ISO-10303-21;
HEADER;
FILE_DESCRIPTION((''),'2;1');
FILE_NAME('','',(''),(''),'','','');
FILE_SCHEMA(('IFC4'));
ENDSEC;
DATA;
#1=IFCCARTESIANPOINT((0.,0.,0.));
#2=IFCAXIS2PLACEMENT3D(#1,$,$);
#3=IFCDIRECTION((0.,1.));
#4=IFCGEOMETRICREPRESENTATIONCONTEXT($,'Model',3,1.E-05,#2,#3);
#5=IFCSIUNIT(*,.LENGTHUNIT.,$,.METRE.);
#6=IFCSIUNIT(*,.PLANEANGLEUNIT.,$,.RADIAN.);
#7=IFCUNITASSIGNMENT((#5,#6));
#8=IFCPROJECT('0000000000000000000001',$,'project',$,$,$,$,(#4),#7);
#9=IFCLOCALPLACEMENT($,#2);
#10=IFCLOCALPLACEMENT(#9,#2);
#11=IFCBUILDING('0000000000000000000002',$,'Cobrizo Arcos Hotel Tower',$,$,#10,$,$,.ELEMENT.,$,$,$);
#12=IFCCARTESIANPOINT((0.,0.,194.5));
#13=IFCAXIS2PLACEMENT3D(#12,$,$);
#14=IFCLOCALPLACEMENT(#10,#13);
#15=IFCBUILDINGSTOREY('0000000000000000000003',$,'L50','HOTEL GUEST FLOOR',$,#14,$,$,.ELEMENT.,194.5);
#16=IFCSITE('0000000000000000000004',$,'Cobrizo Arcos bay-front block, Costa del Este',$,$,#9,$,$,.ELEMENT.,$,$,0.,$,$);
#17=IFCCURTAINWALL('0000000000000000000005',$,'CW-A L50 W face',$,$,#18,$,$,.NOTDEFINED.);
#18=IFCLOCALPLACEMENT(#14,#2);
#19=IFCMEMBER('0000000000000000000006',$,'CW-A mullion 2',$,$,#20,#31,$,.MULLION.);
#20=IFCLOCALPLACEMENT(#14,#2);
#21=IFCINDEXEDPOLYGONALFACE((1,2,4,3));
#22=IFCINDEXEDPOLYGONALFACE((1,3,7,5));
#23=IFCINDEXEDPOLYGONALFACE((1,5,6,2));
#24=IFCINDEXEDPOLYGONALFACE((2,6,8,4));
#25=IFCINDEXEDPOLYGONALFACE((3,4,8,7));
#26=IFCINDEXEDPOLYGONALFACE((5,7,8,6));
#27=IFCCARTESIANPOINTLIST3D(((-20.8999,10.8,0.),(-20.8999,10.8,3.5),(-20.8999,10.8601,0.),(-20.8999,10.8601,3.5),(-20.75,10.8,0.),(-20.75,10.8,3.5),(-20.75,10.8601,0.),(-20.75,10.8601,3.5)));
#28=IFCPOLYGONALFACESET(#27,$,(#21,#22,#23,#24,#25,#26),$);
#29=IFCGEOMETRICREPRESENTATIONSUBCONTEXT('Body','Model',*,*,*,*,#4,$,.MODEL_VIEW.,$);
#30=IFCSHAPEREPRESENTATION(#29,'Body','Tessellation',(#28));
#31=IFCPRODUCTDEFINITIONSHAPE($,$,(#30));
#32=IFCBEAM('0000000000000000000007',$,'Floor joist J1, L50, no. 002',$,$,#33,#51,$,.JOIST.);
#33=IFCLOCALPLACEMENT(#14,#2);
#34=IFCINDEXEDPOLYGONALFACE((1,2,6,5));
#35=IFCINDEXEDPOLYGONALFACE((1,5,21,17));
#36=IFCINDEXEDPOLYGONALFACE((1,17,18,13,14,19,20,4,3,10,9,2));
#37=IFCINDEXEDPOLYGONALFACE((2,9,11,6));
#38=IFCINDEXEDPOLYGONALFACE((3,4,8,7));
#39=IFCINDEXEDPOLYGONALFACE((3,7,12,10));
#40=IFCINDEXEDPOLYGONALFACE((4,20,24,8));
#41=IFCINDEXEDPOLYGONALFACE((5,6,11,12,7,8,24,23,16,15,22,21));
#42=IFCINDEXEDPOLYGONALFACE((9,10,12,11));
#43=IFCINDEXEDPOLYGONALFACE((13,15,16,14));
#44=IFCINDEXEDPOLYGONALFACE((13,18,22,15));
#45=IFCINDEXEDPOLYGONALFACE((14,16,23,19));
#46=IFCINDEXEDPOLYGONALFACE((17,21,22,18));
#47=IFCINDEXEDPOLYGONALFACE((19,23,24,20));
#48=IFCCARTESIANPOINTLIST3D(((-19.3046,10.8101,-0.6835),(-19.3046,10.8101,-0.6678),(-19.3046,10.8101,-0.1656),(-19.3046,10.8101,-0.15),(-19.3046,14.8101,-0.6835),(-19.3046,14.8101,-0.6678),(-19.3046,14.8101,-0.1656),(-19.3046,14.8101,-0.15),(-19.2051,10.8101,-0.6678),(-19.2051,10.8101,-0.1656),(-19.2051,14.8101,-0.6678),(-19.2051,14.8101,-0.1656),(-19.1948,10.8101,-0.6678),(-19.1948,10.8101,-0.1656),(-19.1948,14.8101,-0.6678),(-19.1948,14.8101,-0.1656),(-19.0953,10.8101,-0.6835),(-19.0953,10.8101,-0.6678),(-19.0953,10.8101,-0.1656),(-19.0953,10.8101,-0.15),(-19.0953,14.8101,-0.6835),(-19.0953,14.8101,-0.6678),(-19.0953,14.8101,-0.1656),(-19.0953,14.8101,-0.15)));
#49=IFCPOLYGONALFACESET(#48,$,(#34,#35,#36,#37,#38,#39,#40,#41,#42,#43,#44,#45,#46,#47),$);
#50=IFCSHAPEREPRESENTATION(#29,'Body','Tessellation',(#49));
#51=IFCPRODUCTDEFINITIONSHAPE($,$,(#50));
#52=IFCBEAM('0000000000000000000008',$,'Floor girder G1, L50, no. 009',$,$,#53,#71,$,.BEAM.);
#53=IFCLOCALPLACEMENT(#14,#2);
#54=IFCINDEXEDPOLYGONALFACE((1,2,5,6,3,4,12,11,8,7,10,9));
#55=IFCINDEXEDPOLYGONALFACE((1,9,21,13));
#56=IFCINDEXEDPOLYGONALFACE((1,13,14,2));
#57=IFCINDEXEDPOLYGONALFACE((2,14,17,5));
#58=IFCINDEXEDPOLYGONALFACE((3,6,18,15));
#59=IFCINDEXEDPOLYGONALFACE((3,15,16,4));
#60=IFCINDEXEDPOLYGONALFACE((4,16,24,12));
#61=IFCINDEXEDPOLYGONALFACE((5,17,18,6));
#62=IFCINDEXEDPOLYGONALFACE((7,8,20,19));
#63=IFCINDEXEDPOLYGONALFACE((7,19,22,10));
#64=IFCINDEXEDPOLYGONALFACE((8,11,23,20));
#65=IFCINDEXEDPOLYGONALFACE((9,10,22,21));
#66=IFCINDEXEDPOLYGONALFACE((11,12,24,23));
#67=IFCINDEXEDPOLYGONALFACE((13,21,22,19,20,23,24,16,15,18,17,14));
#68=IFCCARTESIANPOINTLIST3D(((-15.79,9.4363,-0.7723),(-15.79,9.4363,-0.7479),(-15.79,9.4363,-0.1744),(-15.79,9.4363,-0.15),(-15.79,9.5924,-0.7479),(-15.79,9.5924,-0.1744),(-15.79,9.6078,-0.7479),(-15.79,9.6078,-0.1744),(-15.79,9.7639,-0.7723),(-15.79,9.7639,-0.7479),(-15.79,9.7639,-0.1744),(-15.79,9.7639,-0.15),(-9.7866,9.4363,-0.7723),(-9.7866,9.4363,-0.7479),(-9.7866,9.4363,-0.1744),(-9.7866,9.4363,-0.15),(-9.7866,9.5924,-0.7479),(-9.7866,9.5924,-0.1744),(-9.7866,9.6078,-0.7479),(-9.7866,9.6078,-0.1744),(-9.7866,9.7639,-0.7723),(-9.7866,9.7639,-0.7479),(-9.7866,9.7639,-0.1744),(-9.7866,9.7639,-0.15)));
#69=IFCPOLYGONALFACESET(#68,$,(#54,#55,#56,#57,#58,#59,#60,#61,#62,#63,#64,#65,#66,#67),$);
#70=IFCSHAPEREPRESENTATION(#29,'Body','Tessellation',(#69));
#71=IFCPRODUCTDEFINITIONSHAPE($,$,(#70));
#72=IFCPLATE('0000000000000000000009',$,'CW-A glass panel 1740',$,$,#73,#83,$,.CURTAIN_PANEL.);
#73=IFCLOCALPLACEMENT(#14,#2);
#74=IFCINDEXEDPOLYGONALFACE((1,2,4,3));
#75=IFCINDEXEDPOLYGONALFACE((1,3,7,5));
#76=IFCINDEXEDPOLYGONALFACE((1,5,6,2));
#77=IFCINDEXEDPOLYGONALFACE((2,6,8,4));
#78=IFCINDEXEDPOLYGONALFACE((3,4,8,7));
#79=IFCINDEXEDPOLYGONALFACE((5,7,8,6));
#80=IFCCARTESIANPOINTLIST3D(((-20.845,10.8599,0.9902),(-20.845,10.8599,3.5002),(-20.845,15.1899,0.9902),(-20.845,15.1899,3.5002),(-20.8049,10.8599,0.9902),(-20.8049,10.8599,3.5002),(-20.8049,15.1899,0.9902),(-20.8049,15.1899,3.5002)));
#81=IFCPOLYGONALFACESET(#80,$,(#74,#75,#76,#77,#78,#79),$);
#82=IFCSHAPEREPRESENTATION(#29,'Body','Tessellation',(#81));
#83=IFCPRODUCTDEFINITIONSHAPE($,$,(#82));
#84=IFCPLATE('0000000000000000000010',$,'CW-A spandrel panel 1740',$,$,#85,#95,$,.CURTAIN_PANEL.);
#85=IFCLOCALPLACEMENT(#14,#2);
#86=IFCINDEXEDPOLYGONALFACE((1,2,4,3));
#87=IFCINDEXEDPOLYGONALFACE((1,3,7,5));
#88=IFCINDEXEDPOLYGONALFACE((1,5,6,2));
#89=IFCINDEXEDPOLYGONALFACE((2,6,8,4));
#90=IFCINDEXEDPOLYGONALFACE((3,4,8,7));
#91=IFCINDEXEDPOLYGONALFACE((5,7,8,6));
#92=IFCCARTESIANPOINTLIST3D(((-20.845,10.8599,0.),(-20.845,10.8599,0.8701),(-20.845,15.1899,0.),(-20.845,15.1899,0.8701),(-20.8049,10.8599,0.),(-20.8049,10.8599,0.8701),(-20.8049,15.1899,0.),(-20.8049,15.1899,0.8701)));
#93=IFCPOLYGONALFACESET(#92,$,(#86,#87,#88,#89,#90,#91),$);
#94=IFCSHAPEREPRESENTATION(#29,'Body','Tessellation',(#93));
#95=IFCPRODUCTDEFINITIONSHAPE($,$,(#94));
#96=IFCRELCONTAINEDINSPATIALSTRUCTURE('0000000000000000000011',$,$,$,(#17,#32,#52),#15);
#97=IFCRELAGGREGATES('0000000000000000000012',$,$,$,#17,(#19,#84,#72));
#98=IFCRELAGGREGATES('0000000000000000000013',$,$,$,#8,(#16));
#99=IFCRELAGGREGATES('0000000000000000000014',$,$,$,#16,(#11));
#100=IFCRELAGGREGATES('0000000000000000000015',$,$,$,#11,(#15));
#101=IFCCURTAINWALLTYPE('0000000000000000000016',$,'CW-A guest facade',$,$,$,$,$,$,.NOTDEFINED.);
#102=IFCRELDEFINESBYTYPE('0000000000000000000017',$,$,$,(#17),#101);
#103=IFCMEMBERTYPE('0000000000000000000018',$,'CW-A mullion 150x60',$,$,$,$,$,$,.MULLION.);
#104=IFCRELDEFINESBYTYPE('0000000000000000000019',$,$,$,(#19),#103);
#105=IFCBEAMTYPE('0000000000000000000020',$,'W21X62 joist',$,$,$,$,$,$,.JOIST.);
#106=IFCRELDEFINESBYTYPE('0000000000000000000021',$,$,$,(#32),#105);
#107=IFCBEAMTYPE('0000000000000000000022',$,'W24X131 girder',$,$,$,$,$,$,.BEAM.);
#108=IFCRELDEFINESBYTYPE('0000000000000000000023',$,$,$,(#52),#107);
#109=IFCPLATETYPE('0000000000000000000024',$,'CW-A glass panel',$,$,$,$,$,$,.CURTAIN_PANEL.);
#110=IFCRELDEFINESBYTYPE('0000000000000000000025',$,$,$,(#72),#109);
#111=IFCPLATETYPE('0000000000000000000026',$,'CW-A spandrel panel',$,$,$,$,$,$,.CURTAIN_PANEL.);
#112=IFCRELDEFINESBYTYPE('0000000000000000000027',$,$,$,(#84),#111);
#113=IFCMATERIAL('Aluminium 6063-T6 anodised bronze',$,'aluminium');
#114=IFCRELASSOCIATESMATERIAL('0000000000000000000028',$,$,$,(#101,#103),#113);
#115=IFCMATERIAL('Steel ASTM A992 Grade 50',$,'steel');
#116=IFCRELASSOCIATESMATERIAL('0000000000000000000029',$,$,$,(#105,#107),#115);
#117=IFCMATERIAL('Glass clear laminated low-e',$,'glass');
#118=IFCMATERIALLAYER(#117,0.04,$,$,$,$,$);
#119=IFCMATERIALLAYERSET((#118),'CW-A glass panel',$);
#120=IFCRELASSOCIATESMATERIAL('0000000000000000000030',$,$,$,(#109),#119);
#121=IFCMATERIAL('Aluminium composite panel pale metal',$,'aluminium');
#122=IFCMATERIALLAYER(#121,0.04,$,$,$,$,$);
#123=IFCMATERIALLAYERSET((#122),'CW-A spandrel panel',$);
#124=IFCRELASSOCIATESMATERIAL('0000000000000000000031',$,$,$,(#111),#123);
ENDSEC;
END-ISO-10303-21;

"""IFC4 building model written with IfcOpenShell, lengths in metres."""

from ifc_helpers import new_model, si_unit, direction, frame, origin, origin_2d, place, context, subcontext, project, spatial, rectangle, i_section, extrude, material, layer, layer_set, material_profile, profile_set, type_object, element, aggregate, save


model = new_model("IFC4")

# Units and contexts
model_context = context("Model", 3, precision=1e-05, world=origin(), true_north=direction((0.0, 1.0)))
body_context = subcontext(model_context, "Body", "Model", "MODEL_VIEW")
ifc_project = project(units=[si_unit("LENGTHUNIT", "METRE"), si_unit("PLANEANGLEUNIT", "RADIAN")], contexts=[model_context])

# Site, building, storey
site_placement = place(None, origin())
site = spatial("IfcSite", under=ifc_project, at=site_placement, Name="Cobrizo Arcos bay-front block, Costa del Este", CompositionType="ELEMENT", RefElevation=0.0)
building_placement = place(site_placement, origin())
building = spatial("IfcBuilding", under=site, at=building_placement, Name="Cobrizo Arcos Hotel Tower", CompositionType="ELEMENT")
storey_placement = place(building_placement, frame((0.0, 0.0, 194.5)))
storey = spatial("IfcBuildingStorey", under=building, at=storey_placement, Name="L50", Description="HOTEL GUEST FLOOR", CompositionType="ELEMENT", Elevation=194.5)

# Curtain wall, member
ifc_material_1 = material(Name="Aluminium 6063-T6 anodised bronze", Category="aluminium")
curtain_wall_type = type_object("IfcCurtainWallType", Name="CW-A guest facade", PredefinedType="NOTDEFINED", material=ifc_material_1)
curtain_wall_placement = place(storey_placement, origin())
curtain_wall = element("IfcCurtainWall", 1, at=curtain_wall_placement, inside=storey, type_object=curtain_wall_type, Name="CW-A L50 W face", PredefinedType="NOTDEFINED")
ifc_material_profile_1 = material_profile(ifc_material_1, rectangle(XDim=0.1499, YDim=0.0601, at=origin_2d()), Name="CW-A mullion 150x60")
ifc_profile_set_1 = profile_set([ifc_material_profile_1], Name="Aluminium 6063-T6 anodised bronze")
member_type = type_object("IfcMemberType", Name="CW-A mullion 150x60", PredefinedType="MULLION", material=ifc_profile_set_1)
member_placement = place(storey_placement, frame((-20.825, 10.8301, 0.0), z_axis=(0.0, 0.0, 1.0), x_axis=(-1.0, 0.0, 0.0)))
member = element("IfcMember", 2, at=member_placement, type_object=member_type, Name="CW-A mullion 2", PredefinedType="MULLION", context=body_context, shape_type="SweptSolid", body=[
    extrude(rectangle(XDim=0.1499, YDim=0.0601, at=origin_2d()), origin(), (0.0, 0.0, 1.0), 3.5),
])

# Beams
ifc_material_2 = material(Name="Steel ASTM A992 Grade 50", Category="steel")
ifc_material_profile_2 = material_profile(ifc_material_2, i_section(OverallWidth=0.2092, OverallDepth=0.5334, WebThickness=0.0103, FlangeThickness=0.0156, at=origin_2d()), Name="W21X62")
ifc_profile_set_2 = profile_set([ifc_material_profile_2], Name="Steel ASTM A992 Grade 50")
beam_type_1 = type_object("IfcBeamType", Name="W21X62 joist", PredefinedType="JOIST", material=ifc_profile_set_2)
beam_1_placement = place(storey_placement, frame((-19.2, 10.8101, -0.4167), z_axis=(0.0, 1.0, 0.0), x_axis=(-1.0, 0.0, 0.0)))
element("IfcBeam", 3, at=beam_1_placement, inside=storey, type_object=beam_type_1, Name="Floor joist J1, L50, no. 002", PredefinedType="JOIST", context=body_context, shape_type="SweptSolid", body=[
    extrude(i_section(OverallWidth=0.2092, OverallDepth=0.5334, WebThickness=0.0103, FlangeThickness=0.0156, at=origin_2d()), origin(), (0.0, 0.0, 1.0), 4.0),
])
ifc_material_profile_3 = material_profile(ifc_material_2, i_section(OverallWidth=0.3276, OverallDepth=0.6223, WebThickness=0.0154, FlangeThickness=0.0244, at=origin_2d()), Name="W24X131")
ifc_profile_set_3 = profile_set([ifc_material_profile_3], Name="Steel ASTM A992 Grade 50")
beam_type_2 = type_object("IfcBeamType", Name="W24X131 girder", PredefinedType="BEAM", material=ifc_profile_set_3)
beam_2_placement = place(storey_placement, frame((-15.79, 9.6001, -0.4612), z_axis=(1.0, 0.0, 0.0), x_axis=(0.0, 1.0, 0.0)))
element("IfcBeam", 4, at=beam_2_placement, inside=storey, type_object=beam_type_2, Name="Floor girder G1, L50, no. 009", PredefinedType="BEAM", context=body_context, shape_type="SweptSolid", body=[
    extrude(i_section(OverallWidth=0.3276, OverallDepth=0.6223, WebThickness=0.0154, FlangeThickness=0.0244, at=origin_2d()), origin(), (0.0, 0.0, 1.0), 6.0034),
])

# Plates
ifc_material_3 = material(Name="Glass clear laminated low-e", Category="glass")
ifc_layer_1 = layer(ifc_material_3, 0.04)
ifc_layer_set_1 = layer_set([ifc_layer_1], Name="CW-A glass panel")
plate_type_1 = type_object("IfcPlateType", Name="CW-A glass panel", PredefinedType="CURTAIN_PANEL", material=ifc_layer_set_1)
plate_1_placement = place(storey_placement, frame((-20.825, 13.0249, 0.9902), z_axis=(0.0, 0.0, 1.0), x_axis=(0.0, -1.0, 0.0)))
plate_1 = element("IfcPlate", 5, at=plate_1_placement, type_object=plate_type_1, Name="CW-A glass panel 1740", PredefinedType="CURTAIN_PANEL", context=body_context, shape_type="SweptSolid", body=[
    extrude(rectangle(XDim=4.3301, YDim=0.04, at=origin_2d()), origin(), (0.0, 0.0, 1.0), 2.51),
])
ifc_material_4 = material(Name="Aluminium composite panel pale metal", Category="aluminium")
ifc_layer_2 = layer(ifc_material_4, 0.04)
ifc_layer_set_2 = layer_set([ifc_layer_2], Name="CW-A spandrel panel")
plate_type_2 = type_object("IfcPlateType", Name="CW-A spandrel panel", PredefinedType="CURTAIN_PANEL", material=ifc_layer_set_2)
plate_2_placement = place(storey_placement, frame((-20.825, 13.0249, 0.0), z_axis=(0.0, 0.0, 1.0), x_axis=(0.0, -1.0, 0.0)))
plate_2 = element("IfcPlate", 6, at=plate_2_placement, type_object=plate_type_2, Name="CW-A spandrel panel 1740", PredefinedType="CURTAIN_PANEL", context=body_context, shape_type="SweptSolid", body=[
    extrude(rectangle(XDim=4.3301, YDim=0.04, at=origin_2d()), origin(), (0.0, 0.0, 1.0), 0.8701),
])
aggregate(curtain_wall, [member, plate_2, plate_1])

save(model, "model.ifc")
